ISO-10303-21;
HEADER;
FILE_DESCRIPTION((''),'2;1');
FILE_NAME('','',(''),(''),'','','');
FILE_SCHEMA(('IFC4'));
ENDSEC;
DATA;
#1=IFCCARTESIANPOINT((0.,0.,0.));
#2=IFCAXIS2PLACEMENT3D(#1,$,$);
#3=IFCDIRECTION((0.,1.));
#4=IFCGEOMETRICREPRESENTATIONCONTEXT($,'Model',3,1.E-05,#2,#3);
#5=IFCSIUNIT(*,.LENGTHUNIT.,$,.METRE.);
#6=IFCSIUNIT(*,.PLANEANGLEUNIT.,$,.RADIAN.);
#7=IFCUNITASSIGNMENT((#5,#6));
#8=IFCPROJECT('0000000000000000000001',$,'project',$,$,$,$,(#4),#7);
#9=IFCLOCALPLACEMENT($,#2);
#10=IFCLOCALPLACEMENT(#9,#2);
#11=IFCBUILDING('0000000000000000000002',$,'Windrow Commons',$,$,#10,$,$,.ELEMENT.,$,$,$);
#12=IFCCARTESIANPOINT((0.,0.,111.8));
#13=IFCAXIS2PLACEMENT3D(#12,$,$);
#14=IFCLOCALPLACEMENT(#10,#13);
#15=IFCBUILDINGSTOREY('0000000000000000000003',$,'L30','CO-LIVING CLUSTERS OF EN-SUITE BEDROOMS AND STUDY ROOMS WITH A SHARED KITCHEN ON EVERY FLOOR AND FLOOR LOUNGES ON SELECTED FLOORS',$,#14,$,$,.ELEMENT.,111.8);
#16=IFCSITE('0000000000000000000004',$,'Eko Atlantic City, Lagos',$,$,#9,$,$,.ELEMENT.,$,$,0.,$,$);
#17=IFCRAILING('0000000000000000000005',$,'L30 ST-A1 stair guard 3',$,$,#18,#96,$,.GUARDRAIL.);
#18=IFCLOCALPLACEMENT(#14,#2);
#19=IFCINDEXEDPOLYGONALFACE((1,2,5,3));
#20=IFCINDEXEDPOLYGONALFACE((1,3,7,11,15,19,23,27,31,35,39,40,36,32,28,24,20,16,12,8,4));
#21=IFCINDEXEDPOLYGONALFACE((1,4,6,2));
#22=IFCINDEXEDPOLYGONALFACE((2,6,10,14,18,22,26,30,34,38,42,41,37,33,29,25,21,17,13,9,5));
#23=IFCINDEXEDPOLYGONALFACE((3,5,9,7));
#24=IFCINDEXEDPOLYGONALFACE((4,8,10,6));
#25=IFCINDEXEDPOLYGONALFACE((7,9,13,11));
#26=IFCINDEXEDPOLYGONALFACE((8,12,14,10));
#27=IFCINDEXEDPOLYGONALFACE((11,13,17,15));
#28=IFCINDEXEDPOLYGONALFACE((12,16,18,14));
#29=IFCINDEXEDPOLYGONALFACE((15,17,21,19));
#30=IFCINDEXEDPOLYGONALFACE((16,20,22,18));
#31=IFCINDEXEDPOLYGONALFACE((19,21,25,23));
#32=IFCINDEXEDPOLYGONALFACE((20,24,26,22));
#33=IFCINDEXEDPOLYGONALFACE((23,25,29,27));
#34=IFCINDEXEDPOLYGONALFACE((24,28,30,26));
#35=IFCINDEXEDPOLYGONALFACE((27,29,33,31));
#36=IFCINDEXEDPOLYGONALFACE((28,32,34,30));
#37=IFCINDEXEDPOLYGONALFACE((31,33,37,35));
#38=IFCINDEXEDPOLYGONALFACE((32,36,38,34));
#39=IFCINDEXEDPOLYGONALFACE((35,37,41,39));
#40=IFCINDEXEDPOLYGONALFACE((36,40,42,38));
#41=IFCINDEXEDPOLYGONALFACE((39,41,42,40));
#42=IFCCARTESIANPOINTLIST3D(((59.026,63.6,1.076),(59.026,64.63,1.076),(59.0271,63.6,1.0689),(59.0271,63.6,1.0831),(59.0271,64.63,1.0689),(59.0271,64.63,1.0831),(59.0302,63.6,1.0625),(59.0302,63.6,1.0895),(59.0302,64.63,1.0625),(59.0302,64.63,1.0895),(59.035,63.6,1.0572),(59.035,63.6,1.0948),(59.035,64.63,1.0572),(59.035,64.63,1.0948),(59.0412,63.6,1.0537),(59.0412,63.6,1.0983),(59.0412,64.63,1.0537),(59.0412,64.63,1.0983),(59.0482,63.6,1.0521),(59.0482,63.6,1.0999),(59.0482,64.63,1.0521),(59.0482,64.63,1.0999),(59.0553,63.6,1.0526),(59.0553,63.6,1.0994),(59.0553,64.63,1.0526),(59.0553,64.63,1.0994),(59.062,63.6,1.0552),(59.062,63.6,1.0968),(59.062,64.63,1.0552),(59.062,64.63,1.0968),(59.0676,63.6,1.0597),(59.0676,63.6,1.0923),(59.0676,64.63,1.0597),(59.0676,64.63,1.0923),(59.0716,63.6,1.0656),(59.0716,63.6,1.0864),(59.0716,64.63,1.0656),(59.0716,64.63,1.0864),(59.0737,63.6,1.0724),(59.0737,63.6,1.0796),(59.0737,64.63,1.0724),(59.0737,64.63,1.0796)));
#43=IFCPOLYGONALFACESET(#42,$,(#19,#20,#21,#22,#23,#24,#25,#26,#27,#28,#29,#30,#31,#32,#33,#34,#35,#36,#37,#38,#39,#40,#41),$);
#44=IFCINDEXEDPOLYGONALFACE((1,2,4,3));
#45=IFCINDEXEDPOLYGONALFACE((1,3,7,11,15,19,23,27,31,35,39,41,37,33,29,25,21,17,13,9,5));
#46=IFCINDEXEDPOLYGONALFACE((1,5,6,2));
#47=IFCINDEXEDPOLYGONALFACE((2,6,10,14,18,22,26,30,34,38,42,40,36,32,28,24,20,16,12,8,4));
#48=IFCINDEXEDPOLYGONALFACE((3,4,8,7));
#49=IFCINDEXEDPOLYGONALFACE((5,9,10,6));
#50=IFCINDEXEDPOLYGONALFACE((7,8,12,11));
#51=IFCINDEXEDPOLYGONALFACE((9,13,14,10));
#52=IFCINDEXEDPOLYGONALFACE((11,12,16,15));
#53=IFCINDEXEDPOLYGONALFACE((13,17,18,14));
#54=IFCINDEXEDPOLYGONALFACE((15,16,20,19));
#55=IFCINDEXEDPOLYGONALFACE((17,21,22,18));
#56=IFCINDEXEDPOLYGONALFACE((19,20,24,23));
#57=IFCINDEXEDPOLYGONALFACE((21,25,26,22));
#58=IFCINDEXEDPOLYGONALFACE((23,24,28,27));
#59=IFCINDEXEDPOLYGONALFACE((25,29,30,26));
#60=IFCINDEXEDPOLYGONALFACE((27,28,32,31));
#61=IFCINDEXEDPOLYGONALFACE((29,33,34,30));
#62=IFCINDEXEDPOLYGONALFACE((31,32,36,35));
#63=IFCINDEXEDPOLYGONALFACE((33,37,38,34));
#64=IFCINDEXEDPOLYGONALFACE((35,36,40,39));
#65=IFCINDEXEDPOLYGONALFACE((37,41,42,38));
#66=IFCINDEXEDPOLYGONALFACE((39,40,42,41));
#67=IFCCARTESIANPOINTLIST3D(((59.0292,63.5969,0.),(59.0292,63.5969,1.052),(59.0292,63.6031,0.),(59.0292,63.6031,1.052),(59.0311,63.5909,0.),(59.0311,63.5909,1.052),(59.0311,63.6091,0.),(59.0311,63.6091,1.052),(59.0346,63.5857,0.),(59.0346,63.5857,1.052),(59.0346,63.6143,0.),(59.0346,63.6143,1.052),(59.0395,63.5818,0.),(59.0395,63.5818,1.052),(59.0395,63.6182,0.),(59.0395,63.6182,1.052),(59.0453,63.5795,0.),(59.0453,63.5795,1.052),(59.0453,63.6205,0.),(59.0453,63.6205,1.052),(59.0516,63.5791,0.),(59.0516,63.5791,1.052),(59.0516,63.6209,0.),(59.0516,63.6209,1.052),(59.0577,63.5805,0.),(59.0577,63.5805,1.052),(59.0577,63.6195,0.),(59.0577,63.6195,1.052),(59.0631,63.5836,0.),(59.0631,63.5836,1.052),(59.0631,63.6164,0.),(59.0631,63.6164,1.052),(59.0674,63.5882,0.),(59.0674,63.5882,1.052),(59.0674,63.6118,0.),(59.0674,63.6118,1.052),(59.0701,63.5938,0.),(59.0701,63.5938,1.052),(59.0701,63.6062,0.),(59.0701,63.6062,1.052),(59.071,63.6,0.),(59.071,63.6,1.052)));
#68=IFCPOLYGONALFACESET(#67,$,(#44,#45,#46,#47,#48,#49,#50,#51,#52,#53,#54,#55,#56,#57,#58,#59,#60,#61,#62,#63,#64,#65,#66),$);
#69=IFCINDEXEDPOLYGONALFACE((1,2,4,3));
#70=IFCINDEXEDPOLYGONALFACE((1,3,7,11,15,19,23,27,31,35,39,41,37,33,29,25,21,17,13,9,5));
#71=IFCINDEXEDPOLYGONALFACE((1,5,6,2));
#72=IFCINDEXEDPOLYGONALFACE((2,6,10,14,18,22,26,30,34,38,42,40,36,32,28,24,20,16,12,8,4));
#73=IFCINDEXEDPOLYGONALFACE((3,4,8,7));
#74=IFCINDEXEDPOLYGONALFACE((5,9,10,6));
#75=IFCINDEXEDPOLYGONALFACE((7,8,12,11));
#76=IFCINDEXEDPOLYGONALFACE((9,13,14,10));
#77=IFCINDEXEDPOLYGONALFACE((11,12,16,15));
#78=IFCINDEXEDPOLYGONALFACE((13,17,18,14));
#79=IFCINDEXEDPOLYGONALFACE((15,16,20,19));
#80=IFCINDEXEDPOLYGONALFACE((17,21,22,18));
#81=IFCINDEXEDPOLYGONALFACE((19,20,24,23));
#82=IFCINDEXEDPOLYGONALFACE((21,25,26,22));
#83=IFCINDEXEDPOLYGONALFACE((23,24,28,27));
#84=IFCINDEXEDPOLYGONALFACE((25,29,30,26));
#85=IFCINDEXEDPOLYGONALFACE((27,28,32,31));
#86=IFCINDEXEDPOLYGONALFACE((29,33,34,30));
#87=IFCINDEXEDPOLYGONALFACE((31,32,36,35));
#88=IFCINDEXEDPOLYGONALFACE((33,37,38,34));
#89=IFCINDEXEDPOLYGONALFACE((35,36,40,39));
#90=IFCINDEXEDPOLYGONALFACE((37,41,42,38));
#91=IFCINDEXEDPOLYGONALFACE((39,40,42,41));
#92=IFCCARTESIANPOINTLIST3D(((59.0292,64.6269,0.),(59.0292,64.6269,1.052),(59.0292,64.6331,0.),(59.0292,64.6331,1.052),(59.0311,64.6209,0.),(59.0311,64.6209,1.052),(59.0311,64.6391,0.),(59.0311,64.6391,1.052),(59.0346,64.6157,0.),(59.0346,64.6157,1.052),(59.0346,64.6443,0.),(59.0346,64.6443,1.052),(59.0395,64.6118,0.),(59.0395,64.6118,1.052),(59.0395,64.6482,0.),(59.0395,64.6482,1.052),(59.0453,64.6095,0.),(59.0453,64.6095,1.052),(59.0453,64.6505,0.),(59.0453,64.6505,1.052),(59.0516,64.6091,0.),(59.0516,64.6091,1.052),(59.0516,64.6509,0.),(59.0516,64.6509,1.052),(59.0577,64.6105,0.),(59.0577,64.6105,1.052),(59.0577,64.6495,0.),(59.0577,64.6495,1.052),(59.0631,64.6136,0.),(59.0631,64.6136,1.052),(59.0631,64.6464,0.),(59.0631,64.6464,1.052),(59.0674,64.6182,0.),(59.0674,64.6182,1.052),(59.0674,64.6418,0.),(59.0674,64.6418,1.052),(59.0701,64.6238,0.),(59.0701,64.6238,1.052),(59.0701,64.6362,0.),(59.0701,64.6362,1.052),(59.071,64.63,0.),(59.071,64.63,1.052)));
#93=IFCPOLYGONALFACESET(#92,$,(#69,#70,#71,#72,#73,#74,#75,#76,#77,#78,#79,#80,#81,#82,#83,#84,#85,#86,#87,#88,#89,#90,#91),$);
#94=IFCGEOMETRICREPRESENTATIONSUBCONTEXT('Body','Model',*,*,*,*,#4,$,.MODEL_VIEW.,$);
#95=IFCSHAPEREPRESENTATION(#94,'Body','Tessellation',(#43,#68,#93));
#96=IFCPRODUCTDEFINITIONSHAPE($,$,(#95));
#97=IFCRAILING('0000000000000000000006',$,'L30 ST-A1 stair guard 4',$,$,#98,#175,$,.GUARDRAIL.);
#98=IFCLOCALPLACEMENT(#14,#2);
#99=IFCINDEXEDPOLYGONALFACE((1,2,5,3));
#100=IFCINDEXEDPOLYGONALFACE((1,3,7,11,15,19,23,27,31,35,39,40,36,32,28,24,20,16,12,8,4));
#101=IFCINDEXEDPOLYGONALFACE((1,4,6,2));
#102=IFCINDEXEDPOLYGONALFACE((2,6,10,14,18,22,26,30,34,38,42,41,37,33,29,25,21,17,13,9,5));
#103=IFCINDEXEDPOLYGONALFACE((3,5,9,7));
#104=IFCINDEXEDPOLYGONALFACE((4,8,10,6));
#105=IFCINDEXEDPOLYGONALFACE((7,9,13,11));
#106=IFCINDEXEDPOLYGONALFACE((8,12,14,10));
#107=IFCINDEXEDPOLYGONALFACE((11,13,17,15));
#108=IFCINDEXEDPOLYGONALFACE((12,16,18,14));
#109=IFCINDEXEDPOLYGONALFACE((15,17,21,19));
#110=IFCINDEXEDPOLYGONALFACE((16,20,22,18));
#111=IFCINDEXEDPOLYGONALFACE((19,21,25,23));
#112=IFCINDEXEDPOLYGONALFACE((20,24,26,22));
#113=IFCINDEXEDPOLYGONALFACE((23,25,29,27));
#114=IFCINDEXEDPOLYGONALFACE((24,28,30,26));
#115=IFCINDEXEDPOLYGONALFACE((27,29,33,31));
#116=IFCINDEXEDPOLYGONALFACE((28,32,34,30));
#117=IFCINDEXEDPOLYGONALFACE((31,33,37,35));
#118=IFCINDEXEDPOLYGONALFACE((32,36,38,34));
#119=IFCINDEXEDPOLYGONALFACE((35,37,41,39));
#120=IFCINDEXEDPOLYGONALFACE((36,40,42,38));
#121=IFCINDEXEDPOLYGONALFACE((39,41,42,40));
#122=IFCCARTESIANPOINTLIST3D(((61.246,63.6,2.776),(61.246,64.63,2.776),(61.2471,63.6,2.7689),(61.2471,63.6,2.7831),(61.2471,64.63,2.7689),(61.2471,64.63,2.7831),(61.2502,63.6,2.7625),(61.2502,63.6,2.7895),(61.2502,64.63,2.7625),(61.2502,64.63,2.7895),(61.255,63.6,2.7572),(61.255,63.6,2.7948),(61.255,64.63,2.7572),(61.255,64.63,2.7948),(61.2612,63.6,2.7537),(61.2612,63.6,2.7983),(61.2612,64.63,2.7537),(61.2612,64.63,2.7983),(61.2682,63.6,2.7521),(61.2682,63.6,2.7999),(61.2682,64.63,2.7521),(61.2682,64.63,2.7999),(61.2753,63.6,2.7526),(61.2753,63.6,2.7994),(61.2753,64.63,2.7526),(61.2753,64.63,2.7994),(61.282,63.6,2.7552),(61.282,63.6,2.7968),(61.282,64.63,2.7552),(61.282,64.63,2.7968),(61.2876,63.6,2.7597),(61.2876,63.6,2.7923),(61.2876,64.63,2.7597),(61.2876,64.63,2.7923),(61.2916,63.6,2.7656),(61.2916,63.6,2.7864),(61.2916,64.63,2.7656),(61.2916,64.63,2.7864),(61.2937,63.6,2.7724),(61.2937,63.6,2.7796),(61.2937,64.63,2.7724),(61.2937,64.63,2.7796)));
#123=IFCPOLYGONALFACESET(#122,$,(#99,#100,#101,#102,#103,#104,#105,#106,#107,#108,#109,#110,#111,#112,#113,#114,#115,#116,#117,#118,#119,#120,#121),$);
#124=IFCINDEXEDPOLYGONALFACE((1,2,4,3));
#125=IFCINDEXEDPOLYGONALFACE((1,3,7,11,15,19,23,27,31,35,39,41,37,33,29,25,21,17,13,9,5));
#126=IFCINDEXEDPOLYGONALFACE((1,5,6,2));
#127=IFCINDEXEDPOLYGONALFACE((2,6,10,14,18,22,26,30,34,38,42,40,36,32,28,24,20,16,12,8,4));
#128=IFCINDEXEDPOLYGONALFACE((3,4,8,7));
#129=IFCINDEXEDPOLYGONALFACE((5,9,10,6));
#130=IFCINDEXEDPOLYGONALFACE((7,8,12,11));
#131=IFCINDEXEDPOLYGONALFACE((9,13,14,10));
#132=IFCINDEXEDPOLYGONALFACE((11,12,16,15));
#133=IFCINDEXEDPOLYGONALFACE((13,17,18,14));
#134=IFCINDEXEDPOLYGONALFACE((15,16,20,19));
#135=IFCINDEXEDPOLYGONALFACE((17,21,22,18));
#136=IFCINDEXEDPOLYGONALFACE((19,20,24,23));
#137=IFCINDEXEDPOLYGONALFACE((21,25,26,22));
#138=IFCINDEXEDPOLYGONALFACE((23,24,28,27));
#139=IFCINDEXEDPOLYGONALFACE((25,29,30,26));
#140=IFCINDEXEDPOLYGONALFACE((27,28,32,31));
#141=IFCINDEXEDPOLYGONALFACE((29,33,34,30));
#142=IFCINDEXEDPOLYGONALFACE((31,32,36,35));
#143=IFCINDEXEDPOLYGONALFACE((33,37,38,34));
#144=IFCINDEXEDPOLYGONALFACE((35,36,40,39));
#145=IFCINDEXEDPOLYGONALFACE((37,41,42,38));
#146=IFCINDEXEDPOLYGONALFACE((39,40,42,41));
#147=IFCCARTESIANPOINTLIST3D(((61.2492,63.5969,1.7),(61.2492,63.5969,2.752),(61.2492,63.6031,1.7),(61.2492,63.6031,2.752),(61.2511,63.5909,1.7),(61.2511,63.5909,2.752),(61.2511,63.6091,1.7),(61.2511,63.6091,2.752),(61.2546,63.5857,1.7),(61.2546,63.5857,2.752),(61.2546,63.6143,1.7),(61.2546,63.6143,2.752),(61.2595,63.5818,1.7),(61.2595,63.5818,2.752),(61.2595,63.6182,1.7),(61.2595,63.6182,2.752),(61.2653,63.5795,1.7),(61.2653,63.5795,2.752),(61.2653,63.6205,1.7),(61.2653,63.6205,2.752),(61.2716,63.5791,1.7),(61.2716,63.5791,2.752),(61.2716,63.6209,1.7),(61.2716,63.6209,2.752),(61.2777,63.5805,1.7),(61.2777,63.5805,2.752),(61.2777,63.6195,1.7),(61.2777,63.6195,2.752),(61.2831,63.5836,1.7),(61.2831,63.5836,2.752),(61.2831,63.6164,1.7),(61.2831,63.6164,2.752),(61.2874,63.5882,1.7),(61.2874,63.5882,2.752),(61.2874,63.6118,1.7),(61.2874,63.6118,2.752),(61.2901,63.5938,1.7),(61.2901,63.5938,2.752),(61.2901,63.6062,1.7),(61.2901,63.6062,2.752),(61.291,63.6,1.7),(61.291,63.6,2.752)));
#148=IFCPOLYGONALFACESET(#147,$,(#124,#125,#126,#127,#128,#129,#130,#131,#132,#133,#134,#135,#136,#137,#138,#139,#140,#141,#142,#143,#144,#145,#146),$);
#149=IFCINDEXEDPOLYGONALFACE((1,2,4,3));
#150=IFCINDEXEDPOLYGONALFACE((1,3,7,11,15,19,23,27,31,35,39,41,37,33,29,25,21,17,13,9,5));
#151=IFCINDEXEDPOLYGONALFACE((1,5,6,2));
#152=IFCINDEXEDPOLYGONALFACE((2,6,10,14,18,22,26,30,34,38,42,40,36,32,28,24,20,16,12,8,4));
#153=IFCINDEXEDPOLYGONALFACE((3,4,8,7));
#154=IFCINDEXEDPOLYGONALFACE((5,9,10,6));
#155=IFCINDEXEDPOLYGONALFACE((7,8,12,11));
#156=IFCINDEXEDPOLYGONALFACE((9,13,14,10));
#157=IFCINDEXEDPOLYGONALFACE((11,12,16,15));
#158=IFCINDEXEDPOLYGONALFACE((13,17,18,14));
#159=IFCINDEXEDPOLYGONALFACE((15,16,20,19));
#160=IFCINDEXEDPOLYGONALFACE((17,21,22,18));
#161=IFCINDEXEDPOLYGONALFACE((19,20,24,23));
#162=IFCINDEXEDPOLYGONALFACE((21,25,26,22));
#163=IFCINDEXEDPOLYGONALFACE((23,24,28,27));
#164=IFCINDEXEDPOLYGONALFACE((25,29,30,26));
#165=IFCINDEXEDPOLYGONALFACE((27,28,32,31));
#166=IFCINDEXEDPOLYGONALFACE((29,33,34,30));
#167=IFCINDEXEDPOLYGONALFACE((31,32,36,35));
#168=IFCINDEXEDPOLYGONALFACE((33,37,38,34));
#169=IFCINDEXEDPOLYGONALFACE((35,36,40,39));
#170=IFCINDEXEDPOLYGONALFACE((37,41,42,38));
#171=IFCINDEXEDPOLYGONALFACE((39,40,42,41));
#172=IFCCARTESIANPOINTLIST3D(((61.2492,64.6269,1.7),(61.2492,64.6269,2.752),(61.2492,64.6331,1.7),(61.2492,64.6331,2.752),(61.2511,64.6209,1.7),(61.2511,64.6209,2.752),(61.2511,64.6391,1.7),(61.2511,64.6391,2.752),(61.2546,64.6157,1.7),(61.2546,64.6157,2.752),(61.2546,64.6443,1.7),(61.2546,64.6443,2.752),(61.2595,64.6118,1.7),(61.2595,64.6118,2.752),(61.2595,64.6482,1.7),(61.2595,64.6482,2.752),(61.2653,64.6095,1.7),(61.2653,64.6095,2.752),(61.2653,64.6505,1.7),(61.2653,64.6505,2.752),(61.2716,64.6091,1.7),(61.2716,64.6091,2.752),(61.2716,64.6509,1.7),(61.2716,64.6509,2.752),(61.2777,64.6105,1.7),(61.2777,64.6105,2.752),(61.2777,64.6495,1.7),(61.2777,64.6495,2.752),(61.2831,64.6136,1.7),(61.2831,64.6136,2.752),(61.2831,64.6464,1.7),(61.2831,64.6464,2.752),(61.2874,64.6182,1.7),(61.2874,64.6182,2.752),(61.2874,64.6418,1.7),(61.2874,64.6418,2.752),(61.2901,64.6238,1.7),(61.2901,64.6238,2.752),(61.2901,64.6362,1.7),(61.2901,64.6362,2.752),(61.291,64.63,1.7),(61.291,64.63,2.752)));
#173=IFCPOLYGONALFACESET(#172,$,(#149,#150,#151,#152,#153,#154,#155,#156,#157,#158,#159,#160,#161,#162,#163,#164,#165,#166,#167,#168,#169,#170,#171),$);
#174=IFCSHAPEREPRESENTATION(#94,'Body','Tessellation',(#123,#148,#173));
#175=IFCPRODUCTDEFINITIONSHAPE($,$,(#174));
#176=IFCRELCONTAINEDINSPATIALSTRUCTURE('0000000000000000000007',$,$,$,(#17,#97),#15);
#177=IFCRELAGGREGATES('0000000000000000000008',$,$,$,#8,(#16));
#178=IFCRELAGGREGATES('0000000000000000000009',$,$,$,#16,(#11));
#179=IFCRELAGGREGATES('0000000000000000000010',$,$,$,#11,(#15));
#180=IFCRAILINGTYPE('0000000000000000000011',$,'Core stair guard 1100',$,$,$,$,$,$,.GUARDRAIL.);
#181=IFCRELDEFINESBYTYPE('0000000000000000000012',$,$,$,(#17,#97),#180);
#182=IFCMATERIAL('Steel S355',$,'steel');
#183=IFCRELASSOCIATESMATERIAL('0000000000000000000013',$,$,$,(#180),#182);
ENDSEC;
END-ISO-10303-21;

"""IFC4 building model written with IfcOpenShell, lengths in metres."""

from ifc_helpers import new_model, si_unit, direction, frame, origin, origin_2d, place, context, subcontext, project, spatial, circle, extrude, material, type_object, element, save


model = new_model("IFC4")

# Units and contexts
model_context = context("Model", 3, precision=1e-05, world=origin(), true_north=direction((0.0, 1.0)))
body_context = subcontext(model_context, "Body", "Model", "MODEL_VIEW")
ifc_project = project(units=[si_unit("LENGTHUNIT", "METRE"), si_unit("PLANEANGLEUNIT", "RADIAN")], contexts=[model_context])

# Site, building, storey
site_placement = place(None, origin())
site = spatial("IfcSite", under=ifc_project, at=site_placement, Name="Eko Atlantic City, Lagos", CompositionType="ELEMENT", RefElevation=0.0)
building_placement = place(site_placement, origin())
building = spatial("IfcBuilding", under=site, at=building_placement, Name="Windrow Commons", CompositionType="ELEMENT")
storey_placement = place(building_placement, frame((0.0, 0.0, 111.8)))
storey = spatial("IfcBuildingStorey", under=building, at=storey_placement, Name="L30", Description="CO-LIVING CLUSTERS OF EN-SUITE BEDROOMS AND STUDY ROOMS WITH A SHARED KITCHEN ON EVERY FLOOR AND FLOOR LOUNGES ON SELECTED FLOORS", CompositionType="ELEMENT", Elevation=111.8)

# Railings
ifc_material_1 = material(Name="Steel S355", Category="steel")
railing_type_1 = type_object("IfcRailingType", Name="Core stair guard 1100", PredefinedType="GUARDRAIL", material=ifc_material_1)
for number, where, name in (
    (1, (59.05, 63.6, 0.0), "L30 ST-A1 stair guard 3"),
    (2, (61.27, 63.6, 1.7), "L30 ST-A1 stair guard 4"),
):
    element("IfcRailing", number, at=place(storey_placement, frame(where)), inside=storey, type_object=railing_type_1, Name=name, PredefinedType="GUARDRAIL", context=body_context, shape_type="SweptSolid", body=[
        extrude(circle(Radius=0.024, at=origin_2d()), frame((0.0, 0.0, 1.076), z_axis=(0.0, 1.0, 0.0), x_axis=(-1.0, 0.0, 0.0)), (0.0, 0.0, 1.0), 1.03),
        extrude(circle(Radius=0.021, at=origin_2d()), origin(), (0.0, 0.0, 1.0), 1.052),
        extrude(circle(Radius=0.021, at=origin_2d()), frame((0.0, 1.03, 0.0)), (0.0, 0.0, 1.0), 1.052),
    ])

save(model, "model.ifc")
